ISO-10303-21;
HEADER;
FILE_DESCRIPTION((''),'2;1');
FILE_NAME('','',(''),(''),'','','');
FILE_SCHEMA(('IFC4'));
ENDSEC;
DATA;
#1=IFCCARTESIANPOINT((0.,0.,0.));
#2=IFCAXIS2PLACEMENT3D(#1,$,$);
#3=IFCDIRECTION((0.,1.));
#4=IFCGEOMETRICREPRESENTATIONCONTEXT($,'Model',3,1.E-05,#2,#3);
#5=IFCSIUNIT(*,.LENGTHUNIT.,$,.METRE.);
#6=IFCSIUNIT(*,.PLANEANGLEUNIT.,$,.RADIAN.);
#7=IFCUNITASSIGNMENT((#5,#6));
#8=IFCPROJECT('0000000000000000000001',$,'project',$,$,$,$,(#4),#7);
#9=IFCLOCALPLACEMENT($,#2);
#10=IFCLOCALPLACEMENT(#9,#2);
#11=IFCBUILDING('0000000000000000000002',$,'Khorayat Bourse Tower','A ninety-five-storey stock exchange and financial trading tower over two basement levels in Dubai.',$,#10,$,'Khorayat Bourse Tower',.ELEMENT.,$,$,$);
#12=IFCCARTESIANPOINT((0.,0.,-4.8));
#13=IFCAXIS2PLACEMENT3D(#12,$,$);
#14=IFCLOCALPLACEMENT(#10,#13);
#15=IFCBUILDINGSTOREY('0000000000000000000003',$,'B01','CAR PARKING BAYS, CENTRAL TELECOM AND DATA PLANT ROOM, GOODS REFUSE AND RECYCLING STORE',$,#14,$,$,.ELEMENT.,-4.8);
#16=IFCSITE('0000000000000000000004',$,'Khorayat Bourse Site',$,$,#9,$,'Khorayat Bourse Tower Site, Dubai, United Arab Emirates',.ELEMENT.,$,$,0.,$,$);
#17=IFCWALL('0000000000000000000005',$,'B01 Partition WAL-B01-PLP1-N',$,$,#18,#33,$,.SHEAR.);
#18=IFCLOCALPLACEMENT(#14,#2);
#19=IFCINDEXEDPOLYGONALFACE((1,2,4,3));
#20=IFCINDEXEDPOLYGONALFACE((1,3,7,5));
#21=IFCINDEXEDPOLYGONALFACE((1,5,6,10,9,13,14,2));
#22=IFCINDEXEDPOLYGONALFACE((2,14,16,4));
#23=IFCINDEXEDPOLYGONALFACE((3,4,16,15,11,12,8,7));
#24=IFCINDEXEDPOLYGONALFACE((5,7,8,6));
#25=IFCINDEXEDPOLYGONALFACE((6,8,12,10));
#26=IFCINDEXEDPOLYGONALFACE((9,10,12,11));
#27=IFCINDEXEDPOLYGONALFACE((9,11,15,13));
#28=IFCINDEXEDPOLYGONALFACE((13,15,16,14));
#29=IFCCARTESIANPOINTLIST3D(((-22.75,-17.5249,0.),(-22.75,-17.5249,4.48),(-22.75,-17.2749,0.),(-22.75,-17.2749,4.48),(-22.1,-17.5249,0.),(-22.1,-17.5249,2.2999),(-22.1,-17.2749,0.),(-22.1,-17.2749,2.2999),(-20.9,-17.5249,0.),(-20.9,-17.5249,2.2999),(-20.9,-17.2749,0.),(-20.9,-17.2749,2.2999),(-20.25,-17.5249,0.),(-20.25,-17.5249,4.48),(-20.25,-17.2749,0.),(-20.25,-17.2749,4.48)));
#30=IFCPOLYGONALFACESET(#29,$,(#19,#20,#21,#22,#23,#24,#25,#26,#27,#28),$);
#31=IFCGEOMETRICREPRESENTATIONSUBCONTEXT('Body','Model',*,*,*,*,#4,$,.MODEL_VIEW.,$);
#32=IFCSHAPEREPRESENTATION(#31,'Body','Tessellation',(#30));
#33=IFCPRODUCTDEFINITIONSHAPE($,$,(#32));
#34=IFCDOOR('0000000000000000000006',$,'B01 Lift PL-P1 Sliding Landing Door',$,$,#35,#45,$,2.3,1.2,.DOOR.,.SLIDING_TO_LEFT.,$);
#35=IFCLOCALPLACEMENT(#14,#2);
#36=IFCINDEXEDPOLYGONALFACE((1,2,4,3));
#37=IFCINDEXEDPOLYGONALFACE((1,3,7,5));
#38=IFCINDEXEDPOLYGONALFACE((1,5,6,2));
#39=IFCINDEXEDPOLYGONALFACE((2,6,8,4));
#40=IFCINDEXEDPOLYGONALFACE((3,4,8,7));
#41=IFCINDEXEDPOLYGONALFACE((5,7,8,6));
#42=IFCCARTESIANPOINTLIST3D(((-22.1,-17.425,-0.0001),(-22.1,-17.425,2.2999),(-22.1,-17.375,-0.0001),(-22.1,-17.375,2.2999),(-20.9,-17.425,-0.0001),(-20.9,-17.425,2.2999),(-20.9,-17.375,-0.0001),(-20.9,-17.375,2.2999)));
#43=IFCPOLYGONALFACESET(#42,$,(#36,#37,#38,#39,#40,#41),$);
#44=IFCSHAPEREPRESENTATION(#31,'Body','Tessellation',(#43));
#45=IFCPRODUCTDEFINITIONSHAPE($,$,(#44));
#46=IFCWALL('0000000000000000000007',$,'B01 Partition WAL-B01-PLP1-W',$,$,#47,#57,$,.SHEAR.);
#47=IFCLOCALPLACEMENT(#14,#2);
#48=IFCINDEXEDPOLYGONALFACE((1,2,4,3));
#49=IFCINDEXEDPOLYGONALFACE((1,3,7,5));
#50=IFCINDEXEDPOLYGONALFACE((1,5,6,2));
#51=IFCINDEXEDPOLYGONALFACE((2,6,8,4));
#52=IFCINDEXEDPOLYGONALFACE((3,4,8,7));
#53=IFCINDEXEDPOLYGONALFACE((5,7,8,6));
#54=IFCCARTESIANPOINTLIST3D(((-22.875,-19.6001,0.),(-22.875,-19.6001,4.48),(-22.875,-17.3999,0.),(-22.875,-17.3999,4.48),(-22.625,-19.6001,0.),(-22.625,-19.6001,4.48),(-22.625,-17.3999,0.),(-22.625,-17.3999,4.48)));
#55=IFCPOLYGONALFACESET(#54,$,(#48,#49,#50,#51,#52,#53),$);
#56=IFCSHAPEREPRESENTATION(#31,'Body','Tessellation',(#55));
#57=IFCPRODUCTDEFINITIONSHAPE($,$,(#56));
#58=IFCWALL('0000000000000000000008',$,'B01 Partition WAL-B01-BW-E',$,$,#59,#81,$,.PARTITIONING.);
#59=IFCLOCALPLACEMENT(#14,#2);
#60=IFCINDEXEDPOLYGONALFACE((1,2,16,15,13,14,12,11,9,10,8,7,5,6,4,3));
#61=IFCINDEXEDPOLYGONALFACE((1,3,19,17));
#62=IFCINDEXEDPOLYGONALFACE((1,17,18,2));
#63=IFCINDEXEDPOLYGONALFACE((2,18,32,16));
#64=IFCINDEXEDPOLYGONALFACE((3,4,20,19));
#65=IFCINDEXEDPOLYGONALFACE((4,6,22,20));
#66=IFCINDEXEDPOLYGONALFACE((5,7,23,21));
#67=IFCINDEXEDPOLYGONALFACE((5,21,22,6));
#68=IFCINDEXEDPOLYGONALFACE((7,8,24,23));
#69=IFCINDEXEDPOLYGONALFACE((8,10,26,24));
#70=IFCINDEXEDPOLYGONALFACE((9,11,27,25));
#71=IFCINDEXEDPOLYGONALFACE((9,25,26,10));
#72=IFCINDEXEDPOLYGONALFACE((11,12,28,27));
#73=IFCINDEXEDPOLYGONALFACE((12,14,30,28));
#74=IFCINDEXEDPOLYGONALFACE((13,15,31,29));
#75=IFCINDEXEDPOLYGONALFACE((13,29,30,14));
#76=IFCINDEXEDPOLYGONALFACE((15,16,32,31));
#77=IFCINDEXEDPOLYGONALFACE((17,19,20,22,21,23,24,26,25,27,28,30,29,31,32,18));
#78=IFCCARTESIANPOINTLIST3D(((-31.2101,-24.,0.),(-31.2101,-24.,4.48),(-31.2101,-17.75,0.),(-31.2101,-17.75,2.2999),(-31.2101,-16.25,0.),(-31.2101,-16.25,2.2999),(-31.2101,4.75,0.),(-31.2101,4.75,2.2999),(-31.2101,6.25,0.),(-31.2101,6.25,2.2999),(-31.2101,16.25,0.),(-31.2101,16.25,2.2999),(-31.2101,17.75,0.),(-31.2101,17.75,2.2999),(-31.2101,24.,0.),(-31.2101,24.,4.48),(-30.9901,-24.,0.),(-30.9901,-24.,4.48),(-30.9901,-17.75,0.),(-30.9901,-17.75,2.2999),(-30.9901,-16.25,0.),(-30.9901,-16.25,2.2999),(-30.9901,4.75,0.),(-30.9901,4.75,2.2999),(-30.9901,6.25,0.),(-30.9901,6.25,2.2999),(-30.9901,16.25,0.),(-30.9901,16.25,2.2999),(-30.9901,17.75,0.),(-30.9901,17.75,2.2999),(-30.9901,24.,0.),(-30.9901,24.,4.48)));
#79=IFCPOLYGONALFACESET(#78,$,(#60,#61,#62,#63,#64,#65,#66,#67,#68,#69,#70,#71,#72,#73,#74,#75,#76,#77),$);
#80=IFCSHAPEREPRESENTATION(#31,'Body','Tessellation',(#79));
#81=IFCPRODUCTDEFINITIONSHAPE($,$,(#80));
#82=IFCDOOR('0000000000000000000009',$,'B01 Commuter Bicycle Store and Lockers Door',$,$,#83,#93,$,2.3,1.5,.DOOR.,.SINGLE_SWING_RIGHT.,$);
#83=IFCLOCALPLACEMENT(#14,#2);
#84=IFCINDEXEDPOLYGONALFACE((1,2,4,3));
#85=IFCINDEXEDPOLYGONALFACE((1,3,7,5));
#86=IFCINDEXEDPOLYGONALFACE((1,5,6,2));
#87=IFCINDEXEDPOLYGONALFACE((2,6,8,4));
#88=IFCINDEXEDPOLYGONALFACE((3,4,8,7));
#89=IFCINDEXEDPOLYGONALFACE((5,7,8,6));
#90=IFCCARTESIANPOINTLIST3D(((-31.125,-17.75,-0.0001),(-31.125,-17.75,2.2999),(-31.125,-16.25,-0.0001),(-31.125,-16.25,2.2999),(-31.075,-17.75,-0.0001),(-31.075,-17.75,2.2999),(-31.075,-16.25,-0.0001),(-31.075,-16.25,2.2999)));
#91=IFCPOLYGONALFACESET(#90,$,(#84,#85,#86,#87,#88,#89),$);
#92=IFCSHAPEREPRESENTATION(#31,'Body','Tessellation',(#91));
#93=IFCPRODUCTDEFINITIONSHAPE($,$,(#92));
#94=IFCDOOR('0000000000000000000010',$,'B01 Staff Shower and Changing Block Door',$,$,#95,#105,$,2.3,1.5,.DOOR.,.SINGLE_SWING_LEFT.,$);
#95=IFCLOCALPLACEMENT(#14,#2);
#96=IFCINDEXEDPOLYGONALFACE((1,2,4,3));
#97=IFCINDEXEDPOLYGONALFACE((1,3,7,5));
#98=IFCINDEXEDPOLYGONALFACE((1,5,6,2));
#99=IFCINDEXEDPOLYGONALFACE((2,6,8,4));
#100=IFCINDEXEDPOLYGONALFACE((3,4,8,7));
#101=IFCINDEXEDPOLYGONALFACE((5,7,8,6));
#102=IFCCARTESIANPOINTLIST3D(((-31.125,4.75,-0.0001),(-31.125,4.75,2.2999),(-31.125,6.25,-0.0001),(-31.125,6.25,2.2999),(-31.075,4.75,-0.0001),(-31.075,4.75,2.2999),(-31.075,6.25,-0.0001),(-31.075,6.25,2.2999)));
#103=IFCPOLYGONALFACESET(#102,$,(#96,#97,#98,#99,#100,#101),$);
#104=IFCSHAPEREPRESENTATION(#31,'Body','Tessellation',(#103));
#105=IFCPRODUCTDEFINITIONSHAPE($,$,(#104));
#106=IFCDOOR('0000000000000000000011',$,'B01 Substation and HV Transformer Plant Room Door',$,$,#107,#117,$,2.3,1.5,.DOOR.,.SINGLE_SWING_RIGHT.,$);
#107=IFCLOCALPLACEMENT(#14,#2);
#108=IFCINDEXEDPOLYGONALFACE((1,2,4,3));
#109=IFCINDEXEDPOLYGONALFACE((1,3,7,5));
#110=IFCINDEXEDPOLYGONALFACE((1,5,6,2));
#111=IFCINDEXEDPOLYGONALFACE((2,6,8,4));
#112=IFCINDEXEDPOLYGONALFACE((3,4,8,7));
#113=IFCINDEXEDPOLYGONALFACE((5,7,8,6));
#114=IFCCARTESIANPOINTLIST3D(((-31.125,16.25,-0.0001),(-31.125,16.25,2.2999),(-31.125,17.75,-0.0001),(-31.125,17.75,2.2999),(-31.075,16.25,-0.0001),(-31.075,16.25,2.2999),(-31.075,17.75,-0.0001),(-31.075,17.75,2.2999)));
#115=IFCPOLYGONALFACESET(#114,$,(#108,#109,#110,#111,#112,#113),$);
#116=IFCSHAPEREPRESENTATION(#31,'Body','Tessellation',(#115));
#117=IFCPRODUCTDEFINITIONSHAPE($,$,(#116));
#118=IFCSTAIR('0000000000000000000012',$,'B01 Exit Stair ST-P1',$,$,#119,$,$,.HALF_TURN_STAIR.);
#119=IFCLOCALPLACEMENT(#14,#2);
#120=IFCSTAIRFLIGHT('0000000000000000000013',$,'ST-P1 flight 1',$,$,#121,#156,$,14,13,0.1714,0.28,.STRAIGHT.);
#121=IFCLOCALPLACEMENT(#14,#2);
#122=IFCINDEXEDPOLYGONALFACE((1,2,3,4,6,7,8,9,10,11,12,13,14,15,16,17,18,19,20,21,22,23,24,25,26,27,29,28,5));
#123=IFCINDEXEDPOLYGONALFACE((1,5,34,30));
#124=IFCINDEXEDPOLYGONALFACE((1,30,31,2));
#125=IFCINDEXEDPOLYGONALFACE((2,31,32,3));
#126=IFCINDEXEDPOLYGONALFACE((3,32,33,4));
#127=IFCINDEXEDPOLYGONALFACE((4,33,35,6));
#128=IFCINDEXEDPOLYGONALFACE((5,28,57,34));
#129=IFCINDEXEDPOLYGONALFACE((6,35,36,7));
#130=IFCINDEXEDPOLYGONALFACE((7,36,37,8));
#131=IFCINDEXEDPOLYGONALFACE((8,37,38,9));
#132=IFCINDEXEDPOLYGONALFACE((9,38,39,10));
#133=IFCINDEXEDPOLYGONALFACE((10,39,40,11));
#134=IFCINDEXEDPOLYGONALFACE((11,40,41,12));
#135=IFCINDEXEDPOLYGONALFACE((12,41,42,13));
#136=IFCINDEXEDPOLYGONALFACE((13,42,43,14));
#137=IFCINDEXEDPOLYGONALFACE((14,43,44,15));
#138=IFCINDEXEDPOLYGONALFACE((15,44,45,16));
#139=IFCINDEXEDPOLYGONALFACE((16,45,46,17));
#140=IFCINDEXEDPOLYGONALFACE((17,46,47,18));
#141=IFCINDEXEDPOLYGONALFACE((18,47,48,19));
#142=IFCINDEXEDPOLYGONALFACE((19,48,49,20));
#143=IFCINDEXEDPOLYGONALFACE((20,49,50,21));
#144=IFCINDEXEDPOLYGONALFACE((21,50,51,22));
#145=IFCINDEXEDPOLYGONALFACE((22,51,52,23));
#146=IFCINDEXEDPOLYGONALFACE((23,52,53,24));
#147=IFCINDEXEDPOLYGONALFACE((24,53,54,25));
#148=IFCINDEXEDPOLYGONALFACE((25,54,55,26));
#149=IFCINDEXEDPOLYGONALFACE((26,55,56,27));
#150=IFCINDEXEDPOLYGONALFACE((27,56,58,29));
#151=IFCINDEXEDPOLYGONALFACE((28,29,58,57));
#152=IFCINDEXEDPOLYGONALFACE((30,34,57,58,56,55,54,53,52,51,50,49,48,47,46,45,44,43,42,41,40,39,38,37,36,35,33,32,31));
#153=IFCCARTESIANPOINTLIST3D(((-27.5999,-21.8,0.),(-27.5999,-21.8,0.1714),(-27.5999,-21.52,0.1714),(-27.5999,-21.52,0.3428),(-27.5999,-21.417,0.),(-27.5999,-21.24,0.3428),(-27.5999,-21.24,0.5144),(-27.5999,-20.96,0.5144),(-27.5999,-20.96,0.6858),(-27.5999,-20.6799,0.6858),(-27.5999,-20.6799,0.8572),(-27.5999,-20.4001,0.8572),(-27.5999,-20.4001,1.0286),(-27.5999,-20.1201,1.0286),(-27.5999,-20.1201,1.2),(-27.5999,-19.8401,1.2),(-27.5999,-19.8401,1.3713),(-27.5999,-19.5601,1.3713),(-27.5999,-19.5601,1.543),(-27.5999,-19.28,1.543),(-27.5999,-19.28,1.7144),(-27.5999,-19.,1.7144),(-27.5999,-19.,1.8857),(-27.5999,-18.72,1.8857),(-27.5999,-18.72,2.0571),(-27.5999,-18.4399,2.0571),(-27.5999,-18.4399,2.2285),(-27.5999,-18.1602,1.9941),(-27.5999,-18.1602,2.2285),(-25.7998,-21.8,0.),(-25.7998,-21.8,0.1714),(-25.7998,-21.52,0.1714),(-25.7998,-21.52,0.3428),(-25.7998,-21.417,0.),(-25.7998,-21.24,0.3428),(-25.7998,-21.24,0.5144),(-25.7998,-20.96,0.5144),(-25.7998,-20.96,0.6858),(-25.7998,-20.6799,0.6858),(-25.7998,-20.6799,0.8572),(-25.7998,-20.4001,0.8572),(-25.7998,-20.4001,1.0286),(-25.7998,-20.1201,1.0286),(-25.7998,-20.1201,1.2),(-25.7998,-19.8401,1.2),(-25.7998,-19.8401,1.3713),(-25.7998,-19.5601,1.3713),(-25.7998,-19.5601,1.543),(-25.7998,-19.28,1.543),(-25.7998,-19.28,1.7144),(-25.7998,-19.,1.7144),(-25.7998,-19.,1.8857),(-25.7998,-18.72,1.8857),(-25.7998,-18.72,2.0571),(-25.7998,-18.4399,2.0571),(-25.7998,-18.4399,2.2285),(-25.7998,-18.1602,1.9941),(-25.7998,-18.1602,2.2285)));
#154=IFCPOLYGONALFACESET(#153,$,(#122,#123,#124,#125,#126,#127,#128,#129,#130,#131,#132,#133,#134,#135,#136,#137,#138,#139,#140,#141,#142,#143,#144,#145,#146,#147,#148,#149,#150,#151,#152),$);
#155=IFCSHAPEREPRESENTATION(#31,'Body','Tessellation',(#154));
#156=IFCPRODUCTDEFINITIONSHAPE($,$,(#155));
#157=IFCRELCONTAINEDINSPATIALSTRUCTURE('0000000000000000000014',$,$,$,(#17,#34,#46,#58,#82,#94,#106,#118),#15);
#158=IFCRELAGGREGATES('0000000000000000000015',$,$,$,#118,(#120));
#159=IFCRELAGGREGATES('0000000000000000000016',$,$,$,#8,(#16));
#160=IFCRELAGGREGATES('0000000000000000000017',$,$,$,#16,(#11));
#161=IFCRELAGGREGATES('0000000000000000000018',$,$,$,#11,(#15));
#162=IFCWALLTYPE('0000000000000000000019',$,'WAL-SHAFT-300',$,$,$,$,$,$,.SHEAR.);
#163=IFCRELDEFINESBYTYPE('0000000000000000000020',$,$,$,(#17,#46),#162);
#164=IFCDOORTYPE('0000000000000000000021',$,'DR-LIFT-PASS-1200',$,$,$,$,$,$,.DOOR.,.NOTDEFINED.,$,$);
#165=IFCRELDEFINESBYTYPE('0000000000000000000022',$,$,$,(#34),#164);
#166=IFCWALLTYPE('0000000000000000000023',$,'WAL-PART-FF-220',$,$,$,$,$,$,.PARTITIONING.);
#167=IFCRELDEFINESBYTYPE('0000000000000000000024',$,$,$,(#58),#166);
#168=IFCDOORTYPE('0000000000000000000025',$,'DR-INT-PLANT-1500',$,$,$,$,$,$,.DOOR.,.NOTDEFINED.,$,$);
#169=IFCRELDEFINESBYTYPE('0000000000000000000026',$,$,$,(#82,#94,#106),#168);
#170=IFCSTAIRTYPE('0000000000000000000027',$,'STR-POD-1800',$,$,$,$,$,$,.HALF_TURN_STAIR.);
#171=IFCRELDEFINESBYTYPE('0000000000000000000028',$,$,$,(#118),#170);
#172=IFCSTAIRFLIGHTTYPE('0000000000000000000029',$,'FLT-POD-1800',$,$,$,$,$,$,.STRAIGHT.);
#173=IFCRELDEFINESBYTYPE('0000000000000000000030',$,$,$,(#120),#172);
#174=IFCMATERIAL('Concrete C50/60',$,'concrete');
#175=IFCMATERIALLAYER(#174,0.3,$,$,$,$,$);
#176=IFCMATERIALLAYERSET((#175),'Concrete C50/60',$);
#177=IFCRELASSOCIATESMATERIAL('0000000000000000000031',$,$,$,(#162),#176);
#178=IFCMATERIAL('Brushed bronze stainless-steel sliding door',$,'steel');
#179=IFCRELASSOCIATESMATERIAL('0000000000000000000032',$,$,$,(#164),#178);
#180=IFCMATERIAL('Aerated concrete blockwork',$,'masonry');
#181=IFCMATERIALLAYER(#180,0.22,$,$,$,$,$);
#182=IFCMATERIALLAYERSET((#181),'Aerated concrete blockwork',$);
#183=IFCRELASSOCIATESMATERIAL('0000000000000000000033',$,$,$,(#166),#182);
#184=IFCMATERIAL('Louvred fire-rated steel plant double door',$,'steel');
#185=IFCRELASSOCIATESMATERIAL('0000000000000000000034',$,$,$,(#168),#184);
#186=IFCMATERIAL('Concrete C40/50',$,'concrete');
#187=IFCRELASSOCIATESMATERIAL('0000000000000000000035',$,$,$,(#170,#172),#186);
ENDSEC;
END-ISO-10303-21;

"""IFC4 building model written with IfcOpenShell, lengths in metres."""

from ifc_helpers import new_model, si_unit, direction, frame, frame_2d, origin, place, context, subcontext, project, spatial, polyline, rectangle, outline, extrude, source, transform, mapped, material, layer, layer_set, type_object, element, fill, aggregate, save


model = new_model("IFC4")

# Units and contexts
model_context = context("Model", 3, precision=1e-05, world=origin(), true_north=direction((0.0, 1.0)))
body_context = subcontext(model_context, "Body", "Model", "MODEL_VIEW")
ifc_project = project(units=[si_unit("LENGTHUNIT", "METRE"), si_unit("PLANEANGLEUNIT", "RADIAN")], contexts=[model_context])

# Site, building, storey
site_placement = place(None, origin())
site = spatial("IfcSite", under=ifc_project, at=site_placement, Name="Khorayat Bourse Site", LongName="Khorayat Bourse Tower Site, Dubai, United Arab Emirates", CompositionType="ELEMENT", RefElevation=0.0)
building_placement = place(site_placement, origin())
building = spatial("IfcBuilding", under=site, at=building_placement, Name="Khorayat Bourse Tower", Description="A ninety-five-storey stock exchange and financial trading tower over two basement levels in Dubai.", LongName="Khorayat Bourse Tower", CompositionType="ELEMENT")
storey_placement = place(building_placement, frame((0.0, 0.0, -4.8)))
storey = spatial("IfcBuildingStorey", under=building, at=storey_placement, Name="B01", Description="CAR PARKING BAYS, CENTRAL TELECOM AND DATA PLANT ROOM, GOODS REFUSE AND RECYCLING STORE", CompositionType="ELEMENT", Elevation=-4.8)

# Shared definitions
ifc_material_1 = material(Name="Concrete C50/60", Category="concrete")
ifc_layer_1 = layer(ifc_material_1, 0.3)
ifc_layer_set_1 = layer_set([ifc_layer_1], Name="Concrete C50/60")
wall_type_1 = type_object("IfcWallType", Name="WAL-SHAFT-300", PredefinedType="SHEAR", material=ifc_layer_set_1)

# Shared definitions
shared_shape_1 = source(origin(), body_context, "Body", "SweptSolid", [
    extrude(rectangle(XDim=2.5, YDim=0.25, at=frame_2d((1.25, 0.0))), origin(), (0.0, 0.0, 1.0), 4.48),
])

# Wall, opening, door
wall_1_placement = place(storey_placement, frame((-22.75, -17.3999, 0.0), z_axis=(0.0, 0.0, 1.0), x_axis=(1.0, 0.0, 0.0)))
wall_1 = element("IfcWall", 1, at=wall_1_placement, inside=storey, type_object=wall_type_1, Name="B01 Partition WAL-B01-PLP1-N", PredefinedType="SHEAR", context=body_context, shape_type="MappedRepresentation", body=[
    mapped(shared_shape_1, transform((0.0, 0.0, 0.0), scale=1.0)),
])
shared_shape_2 = source(origin(), body_context, "Body", "SweptSolid", [
    extrude(rectangle(XDim=1.2, YDim=2.3, at=frame_2d((0.6001, 1.1499))), frame((0.0, 0.135, 0.0), z_axis=(0.0, -1.0, 0.0), x_axis=(1.0, 0.0, 0.0)), (0.0, 0.0, 1.0), 0.27),
])
opening_1_placement = place(wall_1_placement, frame((0.6499, 0.0, 0.0)))
opening_1 = element("IfcOpeningElement", 2, at=opening_1_placement, cuts=wall_1, PredefinedType="OPENING", context=body_context, shape_type="MappedRepresentation", body=[
    mapped(shared_shape_2, transform((0.0, 0.0, 0.0), scale=1.0)),
])
ifc_material_2 = material(Name="Brushed bronze stainless-steel sliding door", Category="steel")
door_type_1 = type_object("IfcDoorType", Name="DR-LIFT-PASS-1200", OperationType="NOTDEFINED", PredefinedType="DOOR", material=ifc_material_2)
shared_shape_3 = source(origin(), body_context, "Body", "SweptSolid", [
    extrude(rectangle(XDim=1.2, YDim=2.3, at=frame_2d((0.6001, 1.1499))), frame((0.0, 0.0249, 0.0), z_axis=(0.0, -1.0, 0.0), x_axis=(1.0, 0.0, 0.0)), (0.0, 0.0, 1.0), 0.05),
])
door_1_placement = place(opening_1_placement, origin())
door_1 = element("IfcDoor", 3, at=door_1_placement, inside=storey, type_object=door_type_1, Name="B01 Lift PL-P1 Sliding Landing Door", OperationType="SLIDING_TO_LEFT", OverallHeight=2.3, OverallWidth=1.2, PredefinedType="DOOR", context=body_context, shape_type="MappedRepresentation", body=[
    mapped(shared_shape_3, transform((0.0, 0.0, 0.0), scale=1.0)),
])
fill(opening_1, door_1)

# Wall
shared_shape_4 = source(origin(), body_context, "Body", "SweptSolid", [
    extrude(rectangle(XDim=2.2002, YDim=0.25, at=frame_2d((1.1001, 0.0))), origin(), (0.0, 0.0, 1.0), 4.48),
])
wall_2_placement = place(storey_placement, frame((-22.75, -19.6001, 0.0), z_axis=(0.0, 0.0, 1.0), x_axis=(0.0, 1.0, 0.0)))
element("IfcWall", 4, at=wall_2_placement, inside=storey, type_object=wall_type_1, Name="B01 Partition WAL-B01-PLP1-W", PredefinedType="SHEAR", context=body_context, shape_type="MappedRepresentation", body=[
    mapped(shared_shape_4, transform((0.0, 0.0, 0.0), scale=1.0)),
])

# Wall, openings, doors
ifc_material_3 = material(Name="Aerated concrete blockwork", Category="masonry")
ifc_layer_2 = layer(ifc_material_3, 0.22)
ifc_layer_set_2 = layer_set([ifc_layer_2], Name="Aerated concrete blockwork")
wall_type_2 = type_object("IfcWallType", Name="WAL-PART-FF-220", PredefinedType="PARTITIONING", material=ifc_layer_set_2)
shared_shape_5 = source(origin(), body_context, "Body", "SweptSolid", [
    extrude(rectangle(XDim=48.0, YDim=0.22, at=frame_2d((24.0, 0.0))), origin(), (0.0, 0.0, 1.0), 4.48),
])
wall_3_placement = place(storey_placement, frame((-31.1001, -24.0, 0.0), z_axis=(0.0, 0.0, 1.0), x_axis=(0.0, 1.0, 0.0)))
wall_3 = element("IfcWall", 5, at=wall_3_placement, inside=storey, type_object=wall_type_2, Name="B01 Partition WAL-B01-BW-E", PredefinedType="PARTITIONING", context=body_context, shape_type="MappedRepresentation", body=[
    mapped(shared_shape_5, transform((0.0, 0.0, 0.0), scale=1.0)),
])
shared_shape_6 = source(origin(), body_context, "Body", "SweptSolid", [
    extrude(rectangle(XDim=1.5, YDim=2.3, at=frame_2d((0.75, 1.1499))), frame((0.0, 0.1199, 0.0), z_axis=(0.0, -1.0, 0.0), x_axis=(1.0, 0.0, 0.0)), (0.0, 0.0, 1.0), 0.24),
])
opening_2_placement = place(wall_3_placement, frame((6.25, 0.0, 0.0)))
opening_2 = element("IfcOpeningElement", 6, at=opening_2_placement, cuts=wall_3, PredefinedType="OPENING", context=body_context, shape_type="MappedRepresentation", body=[
    mapped(shared_shape_6, transform((0.0, 0.0, 0.0), scale=1.0)),
])
opening_3_placement = place(wall_3_placement, frame((28.75, 0.0, 0.0)))
opening_3 = element("IfcOpeningElement", 7, at=opening_3_placement, cuts=wall_3, PredefinedType="OPENING", context=body_context, shape_type="MappedRepresentation", body=[
    mapped(shared_shape_6, transform((0.0, 0.0, 0.0), scale=1.0)),
])
opening_4_placement = place(wall_3_placement, frame((40.25, 0.0, 0.0)))
opening_4 = element("IfcOpeningElement", 8, at=opening_4_placement, cuts=wall_3, PredefinedType="OPENING", context=body_context, shape_type="MappedRepresentation", body=[
    mapped(shared_shape_6, transform((0.0, 0.0, 0.0), scale=1.0)),
])
ifc_material_4 = material(Name="Louvred fire-rated steel plant double door", Category="steel")
door_type_2 = type_object("IfcDoorType", Name="DR-INT-PLANT-1500", OperationType="NOTDEFINED", PredefinedType="DOOR", material=ifc_material_4)
shared_shape_7 = source(origin(), body_context, "Body", "SweptSolid", [
    extrude(rectangle(XDim=1.5, YDim=2.3, at=frame_2d((0.75, 1.1499))), frame((0.0, 0.0249, 0.0), z_axis=(0.0, -1.0, 0.0), x_axis=(1.0, 0.0, 0.0)), (0.0, 0.0, 1.0), 0.05),
])
door_2_placement = place(opening_2_placement, origin())
door_2 = element("IfcDoor", 9, at=door_2_placement, inside=storey, type_object=door_type_2, Name="B01 Commuter Bicycle Store and Lockers Door", OperationType="SINGLE_SWING_RIGHT", OverallHeight=2.3, OverallWidth=1.5, PredefinedType="DOOR", context=body_context, shape_type="MappedRepresentation", body=[
    mapped(shared_shape_7, transform((0.0, 0.0, 0.0), scale=1.0)),
])
fill(opening_2, door_2)
door_3_placement = place(opening_3_placement, origin())
door_3 = element("IfcDoor", 10, at=door_3_placement, inside=storey, type_object=door_type_2, Name="B01 Staff Shower and Changing Block Door", OperationType="SINGLE_SWING_LEFT", OverallHeight=2.3, OverallWidth=1.5, PredefinedType="DOOR", context=body_context, shape_type="MappedRepresentation", body=[
    mapped(shared_shape_7, transform((0.0, 0.0, 0.0), scale=1.0)),
])
fill(opening_3, door_3)
door_4_placement = place(opening_4_placement, origin())
door_4 = element("IfcDoor", 11, at=door_4_placement, inside=storey, type_object=door_type_2, Name="B01 Substation and HV Transformer Plant Room Door", OperationType="SINGLE_SWING_RIGHT", OverallHeight=2.3, OverallWidth=1.5, PredefinedType="DOOR", context=body_context, shape_type="MappedRepresentation", body=[
    mapped(shared_shape_7, transform((0.0, 0.0, 0.0), scale=1.0)),
])
fill(opening_4, door_4)

# Stair, stair flight
ifc_material_5 = material(Name="Concrete C40/50", Category="concrete")
stair_type = type_object("IfcStairType", Name="STR-POD-1800", PredefinedType="HALF_TURN_STAIR", material=ifc_material_5)
stair_placement = place(storey_placement, origin())
stair = element("IfcStair", 12, at=stair_placement, inside=storey, type_object=stair_type, Name="B01 Exit Stair ST-P1", PredefinedType="HALF_TURN_STAIR")
stair_flight_type = type_object("IfcStairFlightType", Name="FLT-POD-1800", PredefinedType="STRAIGHT", material=ifc_material_5)
shared_shape_8 = source(origin(), body_context, "Body", "SweptSolid", [
    extrude(outline(polyline([(0.0, 0.0), (0.0, 0.1714), (0.28, 0.1714), (0.28, 0.3428), (0.5601, 0.3428), (0.5601, 0.5144), (0.8401, 0.5144), (0.8401, 0.6858), (1.1201, 0.6858), (1.1201, 0.8572), (1.3999, 0.8572), (1.3999, 1.0286), (1.6799, 1.0286), (1.6799, 1.2), (1.96, 1.2), (1.96, 1.3713), (2.24, 1.3713), (2.24, 1.543), (2.52, 1.543), (2.52, 1.7144), (2.8, 1.7144), (2.8, 1.8857), (3.0801, 1.8857), (3.0801, 2.0571), (3.3601, 2.0571), (3.3601, 2.2285), (3.6399, 2.2285), (3.6399, 2.3999), (3.6399, 1.9941), (0.3831, 0.0), (0.0, 0.0)])), frame((0.0, 0.8999, 0.0), z_axis=(0.0, -1.0, 0.0), x_axis=(1.0, 0.0, 0.0)), (0.0, 0.0, 1.0), 1.8),
])
stair_flight_1_placement = place(storey_placement, frame((-26.7, -21.8, 0.0), z_axis=(0.0, 0.0, 1.0), x_axis=(0.0, 1.0, 0.0)))
stair_flight_1 = element("IfcStairFlight", 13, at=stair_flight_1_placement, type_object=stair_flight_type, Name="ST-P1 flight 1", NumberOfRisers=14, NumberOfTreads=13, PredefinedType="STRAIGHT", RiserHeight=0.1714, TreadLength=0.28, context=body_context, shape_type="MappedRepresentation", body=[
    mapped(shared_shape_8, transform((0.0, 0.0, 0.0), scale=1.0)),
])
aggregate(stair, [stair_flight_1])

save(model, "model.ifc")
